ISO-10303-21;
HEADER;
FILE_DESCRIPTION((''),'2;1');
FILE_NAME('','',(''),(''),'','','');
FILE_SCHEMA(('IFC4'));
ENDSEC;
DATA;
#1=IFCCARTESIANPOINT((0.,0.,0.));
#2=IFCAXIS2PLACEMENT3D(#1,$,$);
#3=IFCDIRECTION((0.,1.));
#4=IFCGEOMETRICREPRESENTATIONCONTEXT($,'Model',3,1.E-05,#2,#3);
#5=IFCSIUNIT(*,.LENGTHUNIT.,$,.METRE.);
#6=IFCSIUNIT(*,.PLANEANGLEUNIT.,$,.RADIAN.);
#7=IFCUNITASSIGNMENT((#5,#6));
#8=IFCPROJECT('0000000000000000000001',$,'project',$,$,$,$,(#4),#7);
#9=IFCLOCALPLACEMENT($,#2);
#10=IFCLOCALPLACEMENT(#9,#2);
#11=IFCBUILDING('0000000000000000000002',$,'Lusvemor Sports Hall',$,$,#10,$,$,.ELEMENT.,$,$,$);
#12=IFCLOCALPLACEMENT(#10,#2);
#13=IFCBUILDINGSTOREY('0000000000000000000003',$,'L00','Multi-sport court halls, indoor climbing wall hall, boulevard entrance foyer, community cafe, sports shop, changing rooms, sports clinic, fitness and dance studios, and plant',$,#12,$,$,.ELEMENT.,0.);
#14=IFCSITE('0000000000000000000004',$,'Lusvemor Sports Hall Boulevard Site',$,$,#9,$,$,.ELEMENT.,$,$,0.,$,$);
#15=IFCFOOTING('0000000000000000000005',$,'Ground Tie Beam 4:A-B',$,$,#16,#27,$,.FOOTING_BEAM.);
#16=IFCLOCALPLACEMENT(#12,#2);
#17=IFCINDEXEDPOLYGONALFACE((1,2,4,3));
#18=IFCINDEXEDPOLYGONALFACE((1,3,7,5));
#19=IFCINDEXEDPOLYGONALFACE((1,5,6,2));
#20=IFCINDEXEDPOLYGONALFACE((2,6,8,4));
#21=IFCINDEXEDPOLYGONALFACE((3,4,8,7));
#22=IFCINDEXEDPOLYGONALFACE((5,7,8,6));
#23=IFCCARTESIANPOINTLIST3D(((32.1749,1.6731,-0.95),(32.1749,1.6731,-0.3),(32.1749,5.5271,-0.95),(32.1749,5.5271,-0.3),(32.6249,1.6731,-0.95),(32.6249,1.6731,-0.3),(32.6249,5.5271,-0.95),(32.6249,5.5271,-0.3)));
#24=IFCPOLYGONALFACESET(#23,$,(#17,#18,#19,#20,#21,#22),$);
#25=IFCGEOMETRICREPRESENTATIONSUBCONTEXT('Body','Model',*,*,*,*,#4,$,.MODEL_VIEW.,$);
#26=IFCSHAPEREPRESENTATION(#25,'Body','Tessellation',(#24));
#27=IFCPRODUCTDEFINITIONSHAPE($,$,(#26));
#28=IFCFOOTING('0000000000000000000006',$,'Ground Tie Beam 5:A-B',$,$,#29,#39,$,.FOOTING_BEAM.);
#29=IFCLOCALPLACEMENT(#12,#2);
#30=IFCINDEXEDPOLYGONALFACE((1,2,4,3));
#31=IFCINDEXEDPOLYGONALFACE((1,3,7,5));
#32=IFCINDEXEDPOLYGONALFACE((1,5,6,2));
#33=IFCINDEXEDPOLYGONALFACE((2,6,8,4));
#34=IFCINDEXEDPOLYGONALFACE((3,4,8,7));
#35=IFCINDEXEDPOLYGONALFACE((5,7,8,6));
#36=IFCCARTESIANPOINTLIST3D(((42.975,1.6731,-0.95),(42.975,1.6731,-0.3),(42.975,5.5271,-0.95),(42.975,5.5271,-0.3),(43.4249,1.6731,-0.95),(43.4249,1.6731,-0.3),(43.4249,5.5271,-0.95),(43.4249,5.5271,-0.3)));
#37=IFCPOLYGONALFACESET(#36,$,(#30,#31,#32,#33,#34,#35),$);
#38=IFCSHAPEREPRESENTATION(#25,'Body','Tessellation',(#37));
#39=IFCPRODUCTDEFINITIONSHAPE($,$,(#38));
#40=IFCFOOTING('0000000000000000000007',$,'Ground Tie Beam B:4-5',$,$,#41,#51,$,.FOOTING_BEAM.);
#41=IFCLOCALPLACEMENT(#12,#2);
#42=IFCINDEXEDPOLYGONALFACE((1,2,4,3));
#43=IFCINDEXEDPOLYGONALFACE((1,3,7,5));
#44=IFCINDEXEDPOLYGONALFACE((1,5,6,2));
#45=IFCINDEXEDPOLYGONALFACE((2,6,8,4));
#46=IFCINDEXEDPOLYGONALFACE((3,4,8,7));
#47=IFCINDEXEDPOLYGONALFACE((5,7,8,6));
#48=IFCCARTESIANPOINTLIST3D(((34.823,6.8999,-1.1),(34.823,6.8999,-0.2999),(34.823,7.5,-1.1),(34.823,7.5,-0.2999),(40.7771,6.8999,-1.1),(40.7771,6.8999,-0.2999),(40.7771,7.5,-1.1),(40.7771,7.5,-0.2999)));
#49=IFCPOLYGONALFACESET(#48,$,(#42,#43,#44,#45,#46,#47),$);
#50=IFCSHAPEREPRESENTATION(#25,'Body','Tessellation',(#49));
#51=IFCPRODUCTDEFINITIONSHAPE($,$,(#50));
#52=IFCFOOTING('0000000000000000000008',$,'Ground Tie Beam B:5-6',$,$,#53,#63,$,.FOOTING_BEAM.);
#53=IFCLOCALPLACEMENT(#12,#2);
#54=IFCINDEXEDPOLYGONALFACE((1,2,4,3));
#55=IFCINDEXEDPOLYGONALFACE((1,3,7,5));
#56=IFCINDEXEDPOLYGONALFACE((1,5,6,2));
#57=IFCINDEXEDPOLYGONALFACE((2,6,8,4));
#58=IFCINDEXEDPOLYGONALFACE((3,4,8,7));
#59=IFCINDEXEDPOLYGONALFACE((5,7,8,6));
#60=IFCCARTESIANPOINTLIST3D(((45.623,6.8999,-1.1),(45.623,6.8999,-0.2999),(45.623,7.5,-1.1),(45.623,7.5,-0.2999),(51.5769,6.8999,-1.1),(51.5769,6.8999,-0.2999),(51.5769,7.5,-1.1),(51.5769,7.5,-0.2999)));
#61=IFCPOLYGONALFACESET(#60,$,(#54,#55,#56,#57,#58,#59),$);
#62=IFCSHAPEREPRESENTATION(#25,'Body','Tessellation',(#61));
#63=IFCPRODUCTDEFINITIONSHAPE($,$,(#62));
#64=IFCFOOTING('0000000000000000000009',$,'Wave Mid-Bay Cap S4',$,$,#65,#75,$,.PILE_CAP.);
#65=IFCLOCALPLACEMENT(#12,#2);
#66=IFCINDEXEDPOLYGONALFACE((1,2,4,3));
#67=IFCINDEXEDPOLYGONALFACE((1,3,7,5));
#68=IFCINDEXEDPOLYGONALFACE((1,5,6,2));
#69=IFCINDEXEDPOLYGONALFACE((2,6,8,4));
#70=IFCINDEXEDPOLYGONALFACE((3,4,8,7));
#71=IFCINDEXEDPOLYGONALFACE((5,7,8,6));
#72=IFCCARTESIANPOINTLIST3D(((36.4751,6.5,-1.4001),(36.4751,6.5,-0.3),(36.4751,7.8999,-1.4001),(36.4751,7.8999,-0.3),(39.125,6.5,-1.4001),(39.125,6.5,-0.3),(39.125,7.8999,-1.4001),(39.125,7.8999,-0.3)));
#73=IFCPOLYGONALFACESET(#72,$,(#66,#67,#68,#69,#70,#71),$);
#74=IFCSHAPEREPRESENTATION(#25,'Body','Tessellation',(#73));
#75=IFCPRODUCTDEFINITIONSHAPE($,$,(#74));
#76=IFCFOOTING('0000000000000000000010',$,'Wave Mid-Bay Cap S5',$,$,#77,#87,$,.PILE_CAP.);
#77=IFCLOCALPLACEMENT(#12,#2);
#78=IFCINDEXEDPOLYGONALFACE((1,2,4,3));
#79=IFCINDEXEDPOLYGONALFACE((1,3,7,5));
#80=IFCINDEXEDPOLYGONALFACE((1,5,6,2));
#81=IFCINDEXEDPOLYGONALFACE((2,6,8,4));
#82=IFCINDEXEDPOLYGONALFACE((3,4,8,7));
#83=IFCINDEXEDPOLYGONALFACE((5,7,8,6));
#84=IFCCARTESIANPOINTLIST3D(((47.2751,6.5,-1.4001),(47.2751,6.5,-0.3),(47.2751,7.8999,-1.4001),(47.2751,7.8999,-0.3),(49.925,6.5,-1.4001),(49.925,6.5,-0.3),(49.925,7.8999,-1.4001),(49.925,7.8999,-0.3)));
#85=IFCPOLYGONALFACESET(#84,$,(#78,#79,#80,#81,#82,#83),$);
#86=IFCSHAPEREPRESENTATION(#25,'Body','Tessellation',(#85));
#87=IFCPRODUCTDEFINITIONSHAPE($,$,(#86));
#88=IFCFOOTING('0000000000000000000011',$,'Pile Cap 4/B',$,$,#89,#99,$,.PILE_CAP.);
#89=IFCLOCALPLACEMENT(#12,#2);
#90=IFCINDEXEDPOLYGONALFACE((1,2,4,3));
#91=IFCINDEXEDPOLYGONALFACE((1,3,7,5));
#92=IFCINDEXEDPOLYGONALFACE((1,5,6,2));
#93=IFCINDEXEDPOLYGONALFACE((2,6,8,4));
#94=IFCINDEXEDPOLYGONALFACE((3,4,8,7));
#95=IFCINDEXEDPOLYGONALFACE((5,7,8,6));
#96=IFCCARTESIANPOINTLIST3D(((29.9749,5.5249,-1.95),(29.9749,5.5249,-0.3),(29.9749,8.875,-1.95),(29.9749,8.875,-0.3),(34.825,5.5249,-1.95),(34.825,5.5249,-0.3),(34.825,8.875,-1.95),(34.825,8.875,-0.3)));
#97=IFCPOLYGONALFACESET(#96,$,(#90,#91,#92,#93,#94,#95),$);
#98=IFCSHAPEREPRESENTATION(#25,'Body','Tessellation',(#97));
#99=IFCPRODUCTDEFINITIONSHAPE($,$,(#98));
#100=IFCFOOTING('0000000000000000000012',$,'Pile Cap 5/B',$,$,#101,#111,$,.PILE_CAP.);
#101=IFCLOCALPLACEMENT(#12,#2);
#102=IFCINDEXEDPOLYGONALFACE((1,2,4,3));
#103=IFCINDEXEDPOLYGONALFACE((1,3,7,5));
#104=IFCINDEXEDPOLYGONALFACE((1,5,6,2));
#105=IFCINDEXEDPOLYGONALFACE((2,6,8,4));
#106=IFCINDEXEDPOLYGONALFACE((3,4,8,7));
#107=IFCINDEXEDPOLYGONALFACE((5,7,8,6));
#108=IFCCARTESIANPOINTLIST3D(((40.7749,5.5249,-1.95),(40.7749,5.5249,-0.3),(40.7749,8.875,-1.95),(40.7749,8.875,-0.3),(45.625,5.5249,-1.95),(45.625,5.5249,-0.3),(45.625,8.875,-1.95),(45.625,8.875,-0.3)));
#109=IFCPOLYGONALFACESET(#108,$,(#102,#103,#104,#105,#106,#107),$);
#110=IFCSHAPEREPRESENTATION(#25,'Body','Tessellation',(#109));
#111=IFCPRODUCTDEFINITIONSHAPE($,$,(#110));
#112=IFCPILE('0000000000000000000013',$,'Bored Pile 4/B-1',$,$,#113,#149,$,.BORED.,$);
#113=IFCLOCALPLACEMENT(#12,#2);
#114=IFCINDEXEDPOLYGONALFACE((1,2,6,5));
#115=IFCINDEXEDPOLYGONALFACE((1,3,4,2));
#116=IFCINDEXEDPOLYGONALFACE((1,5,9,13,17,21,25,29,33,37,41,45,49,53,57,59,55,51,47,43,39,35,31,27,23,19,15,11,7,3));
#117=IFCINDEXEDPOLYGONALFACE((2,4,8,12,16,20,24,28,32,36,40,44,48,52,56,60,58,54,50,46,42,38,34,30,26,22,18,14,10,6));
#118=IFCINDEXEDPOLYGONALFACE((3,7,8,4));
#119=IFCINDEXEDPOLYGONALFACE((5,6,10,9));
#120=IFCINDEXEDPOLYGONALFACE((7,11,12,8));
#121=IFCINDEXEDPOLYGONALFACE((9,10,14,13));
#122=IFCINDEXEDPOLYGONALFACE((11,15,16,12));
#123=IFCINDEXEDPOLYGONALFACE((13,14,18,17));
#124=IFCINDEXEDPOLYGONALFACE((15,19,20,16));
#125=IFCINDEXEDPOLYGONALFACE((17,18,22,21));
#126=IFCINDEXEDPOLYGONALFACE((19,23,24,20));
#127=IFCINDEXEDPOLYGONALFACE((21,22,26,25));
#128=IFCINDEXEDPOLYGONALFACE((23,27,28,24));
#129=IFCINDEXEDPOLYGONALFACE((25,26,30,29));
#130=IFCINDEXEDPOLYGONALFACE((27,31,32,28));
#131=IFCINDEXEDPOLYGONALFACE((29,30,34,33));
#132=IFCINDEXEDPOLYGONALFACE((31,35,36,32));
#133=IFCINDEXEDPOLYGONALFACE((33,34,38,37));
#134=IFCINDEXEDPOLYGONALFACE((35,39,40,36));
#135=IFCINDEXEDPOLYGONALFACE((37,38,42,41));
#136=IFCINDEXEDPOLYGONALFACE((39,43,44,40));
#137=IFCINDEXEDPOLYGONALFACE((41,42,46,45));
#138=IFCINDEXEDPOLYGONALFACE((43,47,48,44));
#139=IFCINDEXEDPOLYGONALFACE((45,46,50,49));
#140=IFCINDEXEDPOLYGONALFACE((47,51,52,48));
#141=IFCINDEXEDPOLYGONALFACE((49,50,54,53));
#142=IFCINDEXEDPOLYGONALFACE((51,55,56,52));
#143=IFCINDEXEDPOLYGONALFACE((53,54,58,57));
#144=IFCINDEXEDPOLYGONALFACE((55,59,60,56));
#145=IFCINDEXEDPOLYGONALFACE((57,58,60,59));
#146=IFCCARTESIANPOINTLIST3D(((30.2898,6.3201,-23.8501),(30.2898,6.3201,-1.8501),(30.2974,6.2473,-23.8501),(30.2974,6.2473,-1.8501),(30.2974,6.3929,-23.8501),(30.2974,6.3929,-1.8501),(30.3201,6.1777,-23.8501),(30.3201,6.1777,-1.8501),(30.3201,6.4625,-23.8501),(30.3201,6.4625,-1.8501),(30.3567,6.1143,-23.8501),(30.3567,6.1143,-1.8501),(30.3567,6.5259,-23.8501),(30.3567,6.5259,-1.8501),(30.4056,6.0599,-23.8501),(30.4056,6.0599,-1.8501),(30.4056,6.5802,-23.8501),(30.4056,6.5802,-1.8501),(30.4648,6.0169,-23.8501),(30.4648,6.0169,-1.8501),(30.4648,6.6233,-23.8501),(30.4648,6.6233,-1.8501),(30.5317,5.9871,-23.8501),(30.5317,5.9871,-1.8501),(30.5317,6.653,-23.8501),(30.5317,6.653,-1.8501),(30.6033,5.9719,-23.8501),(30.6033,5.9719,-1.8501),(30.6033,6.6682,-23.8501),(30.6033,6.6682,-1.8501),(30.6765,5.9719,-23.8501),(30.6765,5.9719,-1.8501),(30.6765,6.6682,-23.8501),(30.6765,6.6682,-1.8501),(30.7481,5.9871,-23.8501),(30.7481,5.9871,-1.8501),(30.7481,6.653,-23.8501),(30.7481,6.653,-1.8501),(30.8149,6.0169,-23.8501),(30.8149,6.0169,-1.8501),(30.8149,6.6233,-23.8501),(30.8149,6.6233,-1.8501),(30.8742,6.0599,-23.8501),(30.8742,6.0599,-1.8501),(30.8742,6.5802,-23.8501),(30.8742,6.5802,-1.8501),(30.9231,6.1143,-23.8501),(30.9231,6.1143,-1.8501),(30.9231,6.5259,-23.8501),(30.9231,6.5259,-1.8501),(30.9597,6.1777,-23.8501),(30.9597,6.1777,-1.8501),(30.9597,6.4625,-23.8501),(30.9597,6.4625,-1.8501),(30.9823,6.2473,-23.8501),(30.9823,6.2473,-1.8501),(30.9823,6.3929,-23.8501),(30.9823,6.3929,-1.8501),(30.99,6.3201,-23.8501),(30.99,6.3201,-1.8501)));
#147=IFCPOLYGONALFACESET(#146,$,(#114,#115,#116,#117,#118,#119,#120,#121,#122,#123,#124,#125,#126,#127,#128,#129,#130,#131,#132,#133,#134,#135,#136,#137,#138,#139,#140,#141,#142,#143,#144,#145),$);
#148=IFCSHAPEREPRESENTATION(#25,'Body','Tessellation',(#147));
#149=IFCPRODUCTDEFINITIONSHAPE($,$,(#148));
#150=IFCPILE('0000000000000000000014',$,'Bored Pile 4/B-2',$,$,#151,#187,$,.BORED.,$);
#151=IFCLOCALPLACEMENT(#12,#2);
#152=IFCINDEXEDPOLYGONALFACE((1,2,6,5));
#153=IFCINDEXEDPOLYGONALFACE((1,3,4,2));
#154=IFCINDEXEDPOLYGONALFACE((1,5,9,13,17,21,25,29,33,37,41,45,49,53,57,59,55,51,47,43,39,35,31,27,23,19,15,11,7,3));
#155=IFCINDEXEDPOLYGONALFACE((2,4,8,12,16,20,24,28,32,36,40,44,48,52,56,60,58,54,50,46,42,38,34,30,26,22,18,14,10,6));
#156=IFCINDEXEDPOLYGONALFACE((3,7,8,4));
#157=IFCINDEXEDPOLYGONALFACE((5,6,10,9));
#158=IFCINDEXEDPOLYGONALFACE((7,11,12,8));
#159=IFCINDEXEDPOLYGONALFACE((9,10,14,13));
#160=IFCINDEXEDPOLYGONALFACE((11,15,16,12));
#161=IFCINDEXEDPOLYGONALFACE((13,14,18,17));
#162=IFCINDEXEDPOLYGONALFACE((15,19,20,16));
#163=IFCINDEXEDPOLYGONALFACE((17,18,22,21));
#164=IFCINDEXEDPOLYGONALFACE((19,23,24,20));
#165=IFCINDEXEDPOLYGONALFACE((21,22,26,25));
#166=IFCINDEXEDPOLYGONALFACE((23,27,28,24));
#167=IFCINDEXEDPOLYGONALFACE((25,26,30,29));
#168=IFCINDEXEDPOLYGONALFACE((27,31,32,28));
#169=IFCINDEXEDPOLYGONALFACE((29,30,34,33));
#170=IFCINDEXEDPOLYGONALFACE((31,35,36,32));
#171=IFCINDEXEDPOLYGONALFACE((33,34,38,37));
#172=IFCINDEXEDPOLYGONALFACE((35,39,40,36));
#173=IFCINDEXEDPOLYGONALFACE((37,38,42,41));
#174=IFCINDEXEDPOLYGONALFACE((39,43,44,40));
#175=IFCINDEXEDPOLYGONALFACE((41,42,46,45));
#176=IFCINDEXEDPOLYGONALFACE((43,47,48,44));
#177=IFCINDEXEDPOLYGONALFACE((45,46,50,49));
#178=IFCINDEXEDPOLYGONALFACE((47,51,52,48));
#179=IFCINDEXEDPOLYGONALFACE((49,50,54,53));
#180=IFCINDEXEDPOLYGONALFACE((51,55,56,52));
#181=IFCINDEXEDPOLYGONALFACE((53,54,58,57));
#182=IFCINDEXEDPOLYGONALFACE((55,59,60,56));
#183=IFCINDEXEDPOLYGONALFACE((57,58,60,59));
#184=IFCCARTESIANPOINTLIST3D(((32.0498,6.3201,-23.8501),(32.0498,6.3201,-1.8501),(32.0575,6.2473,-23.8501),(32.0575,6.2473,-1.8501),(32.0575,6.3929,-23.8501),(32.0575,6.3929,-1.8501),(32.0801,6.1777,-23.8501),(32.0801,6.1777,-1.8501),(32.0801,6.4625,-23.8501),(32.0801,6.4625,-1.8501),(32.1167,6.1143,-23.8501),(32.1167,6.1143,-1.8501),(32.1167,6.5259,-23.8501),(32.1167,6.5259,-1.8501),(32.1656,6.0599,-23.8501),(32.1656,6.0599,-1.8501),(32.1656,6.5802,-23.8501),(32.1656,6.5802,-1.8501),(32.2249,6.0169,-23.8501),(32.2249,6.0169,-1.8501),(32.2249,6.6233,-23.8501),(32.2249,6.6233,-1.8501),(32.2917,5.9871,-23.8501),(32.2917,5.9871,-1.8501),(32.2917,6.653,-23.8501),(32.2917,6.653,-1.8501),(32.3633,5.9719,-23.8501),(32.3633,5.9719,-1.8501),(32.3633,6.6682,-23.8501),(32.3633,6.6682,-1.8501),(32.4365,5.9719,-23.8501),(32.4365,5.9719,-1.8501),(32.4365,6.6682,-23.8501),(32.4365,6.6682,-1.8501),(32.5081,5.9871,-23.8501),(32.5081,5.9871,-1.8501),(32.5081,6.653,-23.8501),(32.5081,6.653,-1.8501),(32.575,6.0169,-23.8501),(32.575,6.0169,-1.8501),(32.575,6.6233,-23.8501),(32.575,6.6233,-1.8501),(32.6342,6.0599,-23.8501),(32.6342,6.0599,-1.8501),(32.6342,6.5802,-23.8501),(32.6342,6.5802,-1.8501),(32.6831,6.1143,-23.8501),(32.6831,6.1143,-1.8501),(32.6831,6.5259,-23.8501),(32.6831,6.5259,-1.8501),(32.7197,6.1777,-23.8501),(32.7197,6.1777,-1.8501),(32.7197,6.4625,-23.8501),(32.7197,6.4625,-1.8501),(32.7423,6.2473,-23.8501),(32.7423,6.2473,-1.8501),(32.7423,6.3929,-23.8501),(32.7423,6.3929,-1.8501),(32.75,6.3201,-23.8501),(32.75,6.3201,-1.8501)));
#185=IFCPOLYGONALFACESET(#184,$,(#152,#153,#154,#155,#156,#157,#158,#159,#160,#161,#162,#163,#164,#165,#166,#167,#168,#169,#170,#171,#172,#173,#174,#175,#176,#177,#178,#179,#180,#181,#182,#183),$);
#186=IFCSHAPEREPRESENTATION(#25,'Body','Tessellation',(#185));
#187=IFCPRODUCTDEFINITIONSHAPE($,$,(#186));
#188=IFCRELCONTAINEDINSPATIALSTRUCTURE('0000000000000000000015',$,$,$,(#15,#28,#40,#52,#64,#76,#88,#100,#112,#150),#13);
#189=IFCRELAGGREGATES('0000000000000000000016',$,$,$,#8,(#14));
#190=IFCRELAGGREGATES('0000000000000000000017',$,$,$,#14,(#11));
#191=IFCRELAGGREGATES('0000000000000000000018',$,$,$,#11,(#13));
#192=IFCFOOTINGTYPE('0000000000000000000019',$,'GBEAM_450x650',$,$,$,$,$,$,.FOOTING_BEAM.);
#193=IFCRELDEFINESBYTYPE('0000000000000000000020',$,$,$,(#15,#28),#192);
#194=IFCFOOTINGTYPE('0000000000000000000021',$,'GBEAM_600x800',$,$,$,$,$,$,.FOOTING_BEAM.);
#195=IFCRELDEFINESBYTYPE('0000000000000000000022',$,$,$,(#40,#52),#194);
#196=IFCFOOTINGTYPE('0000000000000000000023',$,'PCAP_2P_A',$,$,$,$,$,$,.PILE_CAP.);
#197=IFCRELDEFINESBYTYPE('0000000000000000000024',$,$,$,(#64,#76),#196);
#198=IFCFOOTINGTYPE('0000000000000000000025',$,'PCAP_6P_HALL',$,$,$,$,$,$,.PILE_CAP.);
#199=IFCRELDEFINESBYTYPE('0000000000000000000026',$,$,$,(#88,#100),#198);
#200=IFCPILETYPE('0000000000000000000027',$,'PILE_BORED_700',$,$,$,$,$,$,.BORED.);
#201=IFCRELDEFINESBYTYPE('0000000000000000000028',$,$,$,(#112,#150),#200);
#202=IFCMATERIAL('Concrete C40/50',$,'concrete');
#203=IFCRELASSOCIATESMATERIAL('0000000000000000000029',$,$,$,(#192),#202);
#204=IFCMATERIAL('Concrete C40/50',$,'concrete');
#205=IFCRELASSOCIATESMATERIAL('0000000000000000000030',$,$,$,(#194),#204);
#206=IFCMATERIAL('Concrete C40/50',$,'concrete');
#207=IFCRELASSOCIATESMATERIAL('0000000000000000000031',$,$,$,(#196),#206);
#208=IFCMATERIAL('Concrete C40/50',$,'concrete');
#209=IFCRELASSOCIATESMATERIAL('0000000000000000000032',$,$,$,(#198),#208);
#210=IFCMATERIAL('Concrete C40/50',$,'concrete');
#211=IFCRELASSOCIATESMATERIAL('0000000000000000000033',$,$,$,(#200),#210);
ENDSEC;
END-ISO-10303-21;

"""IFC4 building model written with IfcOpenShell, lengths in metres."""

from ifc_helpers import new_model, si_unit, direction, frame, origin, origin_2d, place, context, subcontext, project, spatial, rectangle, circle, extrude, material, material_profile, profile_set, type_object, element, save


model = new_model("IFC4")

# Units and contexts
model_context = context("Model", 3, precision=1e-05, world=origin(), true_north=direction((0.0, 1.0)))
body_context = subcontext(model_context, "Body", "Model", "MODEL_VIEW")
ifc_project = project(units=[si_unit("LENGTHUNIT", "METRE"), si_unit("PLANEANGLEUNIT", "RADIAN")], contexts=[model_context])

# Site, building, storey
site_placement = place(None, origin())
site = spatial("IfcSite", under=ifc_project, at=site_placement, Name="Lusvemor Sports Hall Boulevard Site", CompositionType="ELEMENT", RefElevation=0.0)
building_placement = place(site_placement, origin())
building = spatial("IfcBuilding", under=site, at=building_placement, Name="Lusvemor Sports Hall", CompositionType="ELEMENT")
storey_placement = place(building_placement, origin())
storey = spatial("IfcBuildingStorey", under=building, at=storey_placement, Name="L00", Description="Multi-sport court halls, indoor climbing wall hall, boulevard entrance foyer, community cafe, sports shop, changing rooms, sports clinic, fitness and dance studios, and plant", CompositionType="ELEMENT", Elevation=0.0)

# Footings
ifc_material_1 = material(Name="Concrete C40/50", Category="concrete")
ifc_material_profile_1 = material_profile(ifc_material_1, rectangle(XDim=0.45, YDim=0.6499, at=origin_2d()), Name="GB_450x650")
ifc_profile_set_1 = profile_set([ifc_material_profile_1], Name="Concrete C40/50")
footing_type_1 = type_object("IfcFootingType", Name="GBEAM_450x650", PredefinedType="FOOTING_BEAM", material=ifc_profile_set_1)
for number, where, z_axis, x_axis, name in (
    (1, (32.3999, 1.6731, -0.625), (0.0, 1.0, 0.0), (-1.0, 0.0, 0.0), "Ground Tie Beam 4:A-B"),
    (2, (43.2, 1.6731, -0.625), (0.0, 1.0, 0.0), (-1.0, 0.0, 0.0), "Ground Tie Beam 5:A-B"),
):
    element("IfcFooting", number, at=place(storey_placement, frame(where, z_axis=z_axis, x_axis=x_axis)), inside=storey, type_object=footing_type_1, Name=name, PredefinedType="FOOTING_BEAM", context=body_context, shape_type="SweptSolid", body=[
        extrude(rectangle(XDim=0.45, YDim=0.6499, at=origin_2d()), origin(), (0.0, 0.0, 1.0), 3.854),
    ])
ifc_material_2 = material(Name="Concrete C40/50", Category="concrete")
ifc_material_profile_2 = material_profile(ifc_material_2, rectangle(XDim=0.6001, YDim=0.8, at=origin_2d()), Name="GB_600x800")
ifc_profile_set_2 = profile_set([ifc_material_profile_2], Name="Concrete C40/50")
footing_type_2 = type_object("IfcFootingType", Name="GBEAM_600x800", PredefinedType="FOOTING_BEAM", material=ifc_profile_set_2)
footing_1_placement = place(storey_placement, frame((34.823, 7.2, -0.7), z_axis=(1.0, 0.0, 0.0), x_axis=(0.0, 1.0, 0.0)))
element("IfcFooting", 3, at=footing_1_placement, inside=storey, type_object=footing_type_2, Name="Ground Tie Beam B:4-5", PredefinedType="FOOTING_BEAM", context=body_context, shape_type="SweptSolid", body=[
    extrude(rectangle(XDim=0.6001, YDim=0.8, at=origin_2d()), origin(), (0.0, 0.0, 1.0), 5.9541),
])
footing_2_placement = place(storey_placement, frame((45.623, 7.2, -0.7), z_axis=(1.0, 0.0, 0.0), x_axis=(0.0, 1.0, 0.0)))
element("IfcFooting", 4, at=footing_2_placement, inside=storey, type_object=footing_type_2, Name="Ground Tie Beam B:5-6", PredefinedType="FOOTING_BEAM", context=body_context, shape_type="SweptSolid", body=[
    extrude(rectangle(XDim=0.6001, YDim=0.8, at=origin_2d()), origin(), (0.0, 0.0, 1.0), 5.9539),
])
ifc_material_3 = material(Name="Concrete C40/50", Category="concrete")
footing_type_3 = type_object("IfcFootingType", Name="PCAP_2P_A", PredefinedType="PILE_CAP", material=ifc_material_3)
for number, where, z_axis, x_axis, name in (
    (5, (37.8, 7.2, -1.4001), (0.0, 0.0, 1.0), (1.0, 0.0, 0.0), "Wave Mid-Bay Cap S4"),
    (6, (48.6001, 7.2, -1.4001), (0.0, 0.0, 1.0), (1.0, 0.0, 0.0), "Wave Mid-Bay Cap S5"),
):
    element("IfcFooting", number, at=place(storey_placement, frame(where, z_axis=z_axis, x_axis=x_axis)), inside=storey, type_object=footing_type_3, Name=name, PredefinedType="PILE_CAP", context=body_context, shape_type="SweptSolid", body=[
        extrude(rectangle(XDim=2.6499, YDim=1.3999, at=origin_2d()), origin(), (0.0, 0.0, 1.0), 1.1001),
    ])
ifc_material_4 = material(Name="Concrete C40/50", Category="concrete")
footing_type_4 = type_object("IfcFootingType", Name="PCAP_6P_HALL", PredefinedType="PILE_CAP", material=ifc_material_4)
for number, where, z_axis, x_axis, name in (
    (7, (32.3999, 7.2, -1.95), (0.0, 0.0, 1.0), (1.0, 0.0, 0.0), "Pile Cap 4/B"),
    (8, (43.2, 7.2, -1.95), (0.0, 0.0, 1.0), (1.0, 0.0, 0.0), "Pile Cap 5/B"),
):
    element("IfcFooting", number, at=place(storey_placement, frame(where, z_axis=z_axis, x_axis=x_axis)), inside=storey, type_object=footing_type_4, Name=name, PredefinedType="PILE_CAP", context=body_context, shape_type="SweptSolid", body=[
        extrude(rectangle(XDim=4.8501, YDim=3.3501, at=origin_2d()), origin(), (0.0, 0.0, 1.0), 1.6499),
    ])

# Piles
ifc_material_5 = material(Name="Concrete C40/50", Category="concrete")
ifc_material_profile_3 = material_profile(ifc_material_5, circle(Radius=0.3501, at=origin_2d()), Name="PILE700")
ifc_profile_set_3 = profile_set([ifc_material_profile_3], Name="Concrete C40/50")
pile_type = type_object("IfcPileType", Name="PILE_BORED_700", PredefinedType="BORED", material=ifc_profile_set_3)
for number, where, z_axis, x_axis, name in (
    (9, (30.6399, 6.3201, -1.8501), (0.0, 0.0, -1.0), (1.0, 0.0, 0.0), "Bored Pile 4/B-1"),
    (10, (32.3999, 6.3201, -1.8501), (0.0, 0.0, -1.0), (1.0, 0.0, 0.0), "Bored Pile 4/B-2"),
):
    element("IfcPile", number, at=place(storey_placement, frame(where, z_axis=z_axis, x_axis=x_axis)), inside=storey, type_object=pile_type, Name=name, PredefinedType="BORED", context=body_context, shape_type="SweptSolid", body=[
        extrude(circle(Radius=0.3501, at=origin_2d()), origin(), (0.0, 0.0, 1.0), 22.0),
    ])

save(model, "model.ifc")
